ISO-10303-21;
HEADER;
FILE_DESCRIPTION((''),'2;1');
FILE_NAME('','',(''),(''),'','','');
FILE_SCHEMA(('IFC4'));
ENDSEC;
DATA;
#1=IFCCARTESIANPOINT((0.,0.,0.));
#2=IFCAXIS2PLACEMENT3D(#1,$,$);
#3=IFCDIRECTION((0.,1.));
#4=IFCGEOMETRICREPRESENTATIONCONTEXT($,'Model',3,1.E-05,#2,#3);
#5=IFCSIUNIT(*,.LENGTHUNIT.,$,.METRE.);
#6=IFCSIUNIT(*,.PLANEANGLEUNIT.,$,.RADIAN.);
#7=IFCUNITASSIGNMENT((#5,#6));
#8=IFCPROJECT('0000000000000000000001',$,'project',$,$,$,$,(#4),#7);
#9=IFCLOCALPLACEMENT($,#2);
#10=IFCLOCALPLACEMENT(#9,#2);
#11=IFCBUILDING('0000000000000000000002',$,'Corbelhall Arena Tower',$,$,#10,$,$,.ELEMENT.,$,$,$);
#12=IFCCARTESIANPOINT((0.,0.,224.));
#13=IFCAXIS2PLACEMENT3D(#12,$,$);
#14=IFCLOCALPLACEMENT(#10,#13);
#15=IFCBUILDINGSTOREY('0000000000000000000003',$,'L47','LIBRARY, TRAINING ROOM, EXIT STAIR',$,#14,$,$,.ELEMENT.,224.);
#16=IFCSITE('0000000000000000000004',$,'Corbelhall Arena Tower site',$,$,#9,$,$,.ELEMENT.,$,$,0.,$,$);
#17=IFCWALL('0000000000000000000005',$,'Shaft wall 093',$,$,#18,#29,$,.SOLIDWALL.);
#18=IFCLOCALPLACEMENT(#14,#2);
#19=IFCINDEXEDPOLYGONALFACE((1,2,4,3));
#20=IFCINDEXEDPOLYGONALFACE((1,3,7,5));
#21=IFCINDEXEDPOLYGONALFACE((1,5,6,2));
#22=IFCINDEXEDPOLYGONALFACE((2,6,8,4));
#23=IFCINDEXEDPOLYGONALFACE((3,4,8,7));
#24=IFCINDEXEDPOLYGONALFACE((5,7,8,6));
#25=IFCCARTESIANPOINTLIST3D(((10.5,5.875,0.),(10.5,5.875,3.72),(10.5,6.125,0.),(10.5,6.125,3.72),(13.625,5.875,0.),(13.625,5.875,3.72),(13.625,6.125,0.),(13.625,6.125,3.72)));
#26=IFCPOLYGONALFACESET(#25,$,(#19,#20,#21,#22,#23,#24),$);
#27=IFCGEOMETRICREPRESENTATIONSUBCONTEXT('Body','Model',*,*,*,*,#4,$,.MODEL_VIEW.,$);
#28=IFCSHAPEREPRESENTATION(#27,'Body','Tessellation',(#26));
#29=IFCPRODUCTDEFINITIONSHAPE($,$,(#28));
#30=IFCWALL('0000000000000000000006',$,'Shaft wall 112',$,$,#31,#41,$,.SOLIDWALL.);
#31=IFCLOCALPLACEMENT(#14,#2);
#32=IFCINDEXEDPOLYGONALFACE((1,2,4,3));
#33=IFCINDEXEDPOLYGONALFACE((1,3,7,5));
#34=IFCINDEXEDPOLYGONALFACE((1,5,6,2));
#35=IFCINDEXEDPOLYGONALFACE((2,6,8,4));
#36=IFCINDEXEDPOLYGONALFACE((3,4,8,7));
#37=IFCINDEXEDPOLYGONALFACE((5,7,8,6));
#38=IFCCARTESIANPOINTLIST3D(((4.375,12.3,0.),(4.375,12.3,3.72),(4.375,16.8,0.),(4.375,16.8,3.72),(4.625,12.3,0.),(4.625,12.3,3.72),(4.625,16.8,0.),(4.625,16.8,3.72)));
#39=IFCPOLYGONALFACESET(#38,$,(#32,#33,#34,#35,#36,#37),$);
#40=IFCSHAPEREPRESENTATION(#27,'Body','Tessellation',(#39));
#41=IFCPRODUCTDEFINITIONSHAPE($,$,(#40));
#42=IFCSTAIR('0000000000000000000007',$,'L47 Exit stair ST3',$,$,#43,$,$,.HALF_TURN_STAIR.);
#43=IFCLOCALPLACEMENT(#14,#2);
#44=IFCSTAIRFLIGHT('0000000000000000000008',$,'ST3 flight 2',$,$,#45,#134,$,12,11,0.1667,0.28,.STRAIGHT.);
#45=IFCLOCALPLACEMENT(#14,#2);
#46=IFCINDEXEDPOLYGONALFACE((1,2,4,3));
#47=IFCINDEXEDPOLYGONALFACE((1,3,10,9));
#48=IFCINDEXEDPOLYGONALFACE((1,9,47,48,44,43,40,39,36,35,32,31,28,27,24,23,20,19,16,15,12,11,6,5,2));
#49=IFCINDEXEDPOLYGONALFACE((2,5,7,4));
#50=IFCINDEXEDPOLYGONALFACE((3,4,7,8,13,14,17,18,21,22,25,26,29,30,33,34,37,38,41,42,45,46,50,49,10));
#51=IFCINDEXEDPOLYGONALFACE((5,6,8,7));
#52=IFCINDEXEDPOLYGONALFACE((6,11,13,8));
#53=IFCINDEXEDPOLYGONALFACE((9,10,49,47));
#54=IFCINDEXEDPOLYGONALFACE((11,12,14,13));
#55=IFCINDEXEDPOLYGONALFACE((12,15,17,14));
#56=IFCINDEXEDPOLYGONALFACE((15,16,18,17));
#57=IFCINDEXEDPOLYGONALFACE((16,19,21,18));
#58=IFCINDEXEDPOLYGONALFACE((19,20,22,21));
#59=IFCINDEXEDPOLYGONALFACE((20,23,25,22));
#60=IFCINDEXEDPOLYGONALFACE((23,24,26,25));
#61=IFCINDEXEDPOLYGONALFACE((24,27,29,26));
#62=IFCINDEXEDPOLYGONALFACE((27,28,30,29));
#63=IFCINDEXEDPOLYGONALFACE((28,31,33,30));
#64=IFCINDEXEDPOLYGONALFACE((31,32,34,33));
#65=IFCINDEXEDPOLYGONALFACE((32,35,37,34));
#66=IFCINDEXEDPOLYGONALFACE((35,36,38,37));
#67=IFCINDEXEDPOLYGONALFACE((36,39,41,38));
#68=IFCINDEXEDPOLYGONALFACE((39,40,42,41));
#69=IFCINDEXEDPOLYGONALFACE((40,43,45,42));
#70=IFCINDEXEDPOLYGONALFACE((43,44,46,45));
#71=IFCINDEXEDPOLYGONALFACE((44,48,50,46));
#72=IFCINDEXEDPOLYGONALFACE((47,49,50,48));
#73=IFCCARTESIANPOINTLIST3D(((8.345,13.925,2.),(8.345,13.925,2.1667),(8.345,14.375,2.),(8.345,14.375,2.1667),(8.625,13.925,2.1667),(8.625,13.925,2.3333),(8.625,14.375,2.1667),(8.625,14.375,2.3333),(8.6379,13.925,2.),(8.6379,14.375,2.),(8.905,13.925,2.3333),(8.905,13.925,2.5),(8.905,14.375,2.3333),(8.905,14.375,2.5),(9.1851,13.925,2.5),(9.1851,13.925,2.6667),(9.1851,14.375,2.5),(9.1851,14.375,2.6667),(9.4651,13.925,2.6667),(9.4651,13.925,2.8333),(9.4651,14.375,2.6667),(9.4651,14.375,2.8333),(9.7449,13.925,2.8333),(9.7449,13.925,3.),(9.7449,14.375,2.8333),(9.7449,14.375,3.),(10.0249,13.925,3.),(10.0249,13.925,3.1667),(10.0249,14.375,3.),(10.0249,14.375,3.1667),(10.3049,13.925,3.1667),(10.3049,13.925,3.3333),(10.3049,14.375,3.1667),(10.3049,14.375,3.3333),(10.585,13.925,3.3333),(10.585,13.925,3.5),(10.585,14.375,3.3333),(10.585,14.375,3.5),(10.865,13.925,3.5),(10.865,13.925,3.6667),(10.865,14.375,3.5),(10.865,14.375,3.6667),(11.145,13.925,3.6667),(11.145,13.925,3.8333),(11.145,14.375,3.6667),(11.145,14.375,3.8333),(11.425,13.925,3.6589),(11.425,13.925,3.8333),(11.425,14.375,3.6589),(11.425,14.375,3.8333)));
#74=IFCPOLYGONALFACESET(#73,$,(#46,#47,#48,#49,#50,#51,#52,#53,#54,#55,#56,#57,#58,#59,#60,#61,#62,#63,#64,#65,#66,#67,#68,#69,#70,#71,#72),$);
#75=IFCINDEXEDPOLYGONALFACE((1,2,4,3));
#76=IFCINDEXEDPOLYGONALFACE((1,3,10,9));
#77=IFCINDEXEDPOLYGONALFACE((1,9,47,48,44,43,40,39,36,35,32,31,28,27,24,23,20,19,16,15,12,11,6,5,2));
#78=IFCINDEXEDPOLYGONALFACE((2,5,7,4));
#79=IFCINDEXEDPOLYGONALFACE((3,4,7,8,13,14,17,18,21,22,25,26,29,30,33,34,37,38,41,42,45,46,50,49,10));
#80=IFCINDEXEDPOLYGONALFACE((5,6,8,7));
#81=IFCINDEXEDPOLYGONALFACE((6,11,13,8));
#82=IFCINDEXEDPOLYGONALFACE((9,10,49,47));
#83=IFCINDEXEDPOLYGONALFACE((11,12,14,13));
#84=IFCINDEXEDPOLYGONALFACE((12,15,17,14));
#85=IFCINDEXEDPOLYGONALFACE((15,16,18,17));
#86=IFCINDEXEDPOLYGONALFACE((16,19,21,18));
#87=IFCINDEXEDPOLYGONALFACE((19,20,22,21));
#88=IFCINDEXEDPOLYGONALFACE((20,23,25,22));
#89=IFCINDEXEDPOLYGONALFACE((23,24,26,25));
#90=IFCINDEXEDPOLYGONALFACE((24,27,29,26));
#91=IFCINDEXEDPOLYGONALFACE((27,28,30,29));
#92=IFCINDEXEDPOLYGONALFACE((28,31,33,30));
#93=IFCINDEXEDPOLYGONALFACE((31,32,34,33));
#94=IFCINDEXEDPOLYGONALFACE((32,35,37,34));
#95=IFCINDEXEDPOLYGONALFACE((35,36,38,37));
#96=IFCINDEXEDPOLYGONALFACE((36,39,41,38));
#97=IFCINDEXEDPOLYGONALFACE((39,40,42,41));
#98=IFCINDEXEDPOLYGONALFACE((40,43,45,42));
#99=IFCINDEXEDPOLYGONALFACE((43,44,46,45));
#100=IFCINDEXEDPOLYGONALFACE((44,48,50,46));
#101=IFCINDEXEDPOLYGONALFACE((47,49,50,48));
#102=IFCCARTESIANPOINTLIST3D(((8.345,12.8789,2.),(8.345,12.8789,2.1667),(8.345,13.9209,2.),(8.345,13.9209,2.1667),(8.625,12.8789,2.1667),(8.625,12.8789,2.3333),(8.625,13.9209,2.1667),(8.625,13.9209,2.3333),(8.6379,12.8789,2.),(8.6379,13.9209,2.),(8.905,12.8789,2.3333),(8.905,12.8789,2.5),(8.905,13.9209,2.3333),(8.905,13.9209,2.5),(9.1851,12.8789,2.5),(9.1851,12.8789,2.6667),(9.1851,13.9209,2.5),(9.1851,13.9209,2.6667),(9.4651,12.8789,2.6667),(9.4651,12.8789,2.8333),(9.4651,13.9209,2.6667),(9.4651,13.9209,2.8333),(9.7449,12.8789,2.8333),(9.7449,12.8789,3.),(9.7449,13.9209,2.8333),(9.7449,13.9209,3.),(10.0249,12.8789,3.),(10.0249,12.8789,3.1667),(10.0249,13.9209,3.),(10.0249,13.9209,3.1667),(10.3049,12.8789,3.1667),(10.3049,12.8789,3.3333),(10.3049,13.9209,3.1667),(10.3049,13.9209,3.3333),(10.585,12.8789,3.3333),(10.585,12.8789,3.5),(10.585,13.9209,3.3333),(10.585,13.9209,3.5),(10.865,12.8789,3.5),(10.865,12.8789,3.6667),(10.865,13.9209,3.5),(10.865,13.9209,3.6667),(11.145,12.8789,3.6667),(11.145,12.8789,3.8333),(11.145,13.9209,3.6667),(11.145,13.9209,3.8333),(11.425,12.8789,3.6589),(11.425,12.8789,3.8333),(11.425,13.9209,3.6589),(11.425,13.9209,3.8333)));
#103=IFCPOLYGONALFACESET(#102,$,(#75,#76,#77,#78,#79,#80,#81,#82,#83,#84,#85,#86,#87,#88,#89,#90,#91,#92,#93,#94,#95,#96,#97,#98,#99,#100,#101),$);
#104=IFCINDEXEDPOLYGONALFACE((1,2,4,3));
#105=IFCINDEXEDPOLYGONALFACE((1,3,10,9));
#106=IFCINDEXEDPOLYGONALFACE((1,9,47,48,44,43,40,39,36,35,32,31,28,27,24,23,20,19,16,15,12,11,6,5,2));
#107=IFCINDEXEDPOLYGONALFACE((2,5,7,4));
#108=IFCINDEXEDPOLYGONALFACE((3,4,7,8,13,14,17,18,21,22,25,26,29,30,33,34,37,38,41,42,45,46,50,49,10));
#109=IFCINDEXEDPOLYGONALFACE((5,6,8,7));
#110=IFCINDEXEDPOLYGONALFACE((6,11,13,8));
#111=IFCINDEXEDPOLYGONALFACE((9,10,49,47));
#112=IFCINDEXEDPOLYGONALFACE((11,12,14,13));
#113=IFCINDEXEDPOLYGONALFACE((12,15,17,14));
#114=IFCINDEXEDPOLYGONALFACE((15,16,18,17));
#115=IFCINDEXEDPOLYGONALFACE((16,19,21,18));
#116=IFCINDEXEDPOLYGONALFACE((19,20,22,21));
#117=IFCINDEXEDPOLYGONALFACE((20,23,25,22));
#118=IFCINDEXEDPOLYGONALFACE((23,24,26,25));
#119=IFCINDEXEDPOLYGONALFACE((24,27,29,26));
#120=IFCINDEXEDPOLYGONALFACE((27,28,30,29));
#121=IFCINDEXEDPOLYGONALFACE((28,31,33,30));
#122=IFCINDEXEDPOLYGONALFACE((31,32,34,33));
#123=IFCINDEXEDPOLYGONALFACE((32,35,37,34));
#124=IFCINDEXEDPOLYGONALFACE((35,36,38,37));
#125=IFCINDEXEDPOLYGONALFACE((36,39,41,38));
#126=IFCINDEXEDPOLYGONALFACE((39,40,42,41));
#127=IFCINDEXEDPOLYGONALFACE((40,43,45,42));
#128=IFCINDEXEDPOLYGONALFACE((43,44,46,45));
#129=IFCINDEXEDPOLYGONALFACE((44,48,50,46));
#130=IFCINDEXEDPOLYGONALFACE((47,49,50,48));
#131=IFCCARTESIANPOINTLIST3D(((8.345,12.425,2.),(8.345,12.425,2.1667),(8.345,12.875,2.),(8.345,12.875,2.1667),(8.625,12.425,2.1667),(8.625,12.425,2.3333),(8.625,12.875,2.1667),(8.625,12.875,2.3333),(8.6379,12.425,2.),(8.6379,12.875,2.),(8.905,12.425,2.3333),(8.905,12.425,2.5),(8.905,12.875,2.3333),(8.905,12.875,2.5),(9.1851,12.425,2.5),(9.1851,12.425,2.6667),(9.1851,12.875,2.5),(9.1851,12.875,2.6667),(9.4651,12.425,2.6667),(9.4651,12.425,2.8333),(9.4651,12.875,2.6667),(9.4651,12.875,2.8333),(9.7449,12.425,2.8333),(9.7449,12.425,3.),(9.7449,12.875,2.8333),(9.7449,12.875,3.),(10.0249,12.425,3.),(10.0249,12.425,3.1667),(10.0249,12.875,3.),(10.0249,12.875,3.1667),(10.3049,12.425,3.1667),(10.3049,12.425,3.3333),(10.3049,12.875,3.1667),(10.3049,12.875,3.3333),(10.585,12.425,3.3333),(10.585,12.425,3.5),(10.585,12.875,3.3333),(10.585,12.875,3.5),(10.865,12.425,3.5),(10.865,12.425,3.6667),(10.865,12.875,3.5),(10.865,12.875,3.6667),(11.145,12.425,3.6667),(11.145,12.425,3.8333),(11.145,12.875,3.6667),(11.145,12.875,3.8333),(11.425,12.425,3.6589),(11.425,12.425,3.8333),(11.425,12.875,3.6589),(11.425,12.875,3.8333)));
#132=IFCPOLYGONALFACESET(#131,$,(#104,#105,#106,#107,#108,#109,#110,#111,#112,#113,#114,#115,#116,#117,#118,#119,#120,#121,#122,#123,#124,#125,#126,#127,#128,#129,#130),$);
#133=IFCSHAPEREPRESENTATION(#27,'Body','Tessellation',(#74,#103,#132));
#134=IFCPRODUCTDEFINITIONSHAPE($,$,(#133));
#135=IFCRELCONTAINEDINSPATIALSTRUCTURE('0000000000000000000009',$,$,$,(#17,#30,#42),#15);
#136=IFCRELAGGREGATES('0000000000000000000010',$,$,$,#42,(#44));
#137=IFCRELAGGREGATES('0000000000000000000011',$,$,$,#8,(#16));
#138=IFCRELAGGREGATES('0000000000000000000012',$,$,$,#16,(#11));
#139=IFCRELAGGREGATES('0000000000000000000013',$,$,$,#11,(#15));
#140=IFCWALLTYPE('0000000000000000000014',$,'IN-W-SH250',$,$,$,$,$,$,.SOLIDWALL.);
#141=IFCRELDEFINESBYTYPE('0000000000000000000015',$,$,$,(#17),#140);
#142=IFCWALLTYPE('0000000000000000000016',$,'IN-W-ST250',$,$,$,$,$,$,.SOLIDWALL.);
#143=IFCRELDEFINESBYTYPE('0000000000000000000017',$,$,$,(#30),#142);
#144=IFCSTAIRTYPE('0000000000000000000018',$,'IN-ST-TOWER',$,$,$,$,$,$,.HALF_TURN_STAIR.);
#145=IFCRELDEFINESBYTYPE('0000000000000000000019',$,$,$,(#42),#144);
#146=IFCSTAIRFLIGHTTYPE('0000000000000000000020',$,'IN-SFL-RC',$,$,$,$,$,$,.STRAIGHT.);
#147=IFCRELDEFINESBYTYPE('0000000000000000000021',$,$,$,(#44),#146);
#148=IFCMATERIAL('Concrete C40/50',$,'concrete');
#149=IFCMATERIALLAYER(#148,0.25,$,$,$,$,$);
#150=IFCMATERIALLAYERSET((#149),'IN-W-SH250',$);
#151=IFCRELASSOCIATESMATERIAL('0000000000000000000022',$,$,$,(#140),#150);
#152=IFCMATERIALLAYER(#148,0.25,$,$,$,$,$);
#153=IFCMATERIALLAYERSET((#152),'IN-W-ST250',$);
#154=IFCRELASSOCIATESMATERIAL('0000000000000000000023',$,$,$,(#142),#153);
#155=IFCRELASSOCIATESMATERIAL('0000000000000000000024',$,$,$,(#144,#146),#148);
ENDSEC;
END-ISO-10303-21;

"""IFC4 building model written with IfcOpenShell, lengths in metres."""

from ifc_helpers import new_model, si_unit, direction, frame, frame_2d, origin, place, context, subcontext, project, spatial, polyline, rectangle, outline, extrude, material, layer, layer_set, type_object, element, aggregate, save


model = new_model("IFC4")

# Units and contexts
model_context = context("Model", 3, precision=1e-05, world=origin(), true_north=direction((0.0, 1.0)))
body_context = subcontext(model_context, "Body", "Model", "MODEL_VIEW")
ifc_project = project(units=[si_unit("LENGTHUNIT", "METRE"), si_unit("PLANEANGLEUNIT", "RADIAN")], contexts=[model_context])

# Site, building, storey
site_placement = place(None, origin())
site = spatial("IfcSite", under=ifc_project, at=site_placement, Name="Corbelhall Arena Tower site", CompositionType="ELEMENT", RefElevation=0.0)
building_placement = place(site_placement, origin())
building = spatial("IfcBuilding", under=site, at=building_placement, Name="Corbelhall Arena Tower", CompositionType="ELEMENT")
storey_placement = place(building_placement, frame((0.0, 0.0, 224.0)))
storey = spatial("IfcBuildingStorey", under=building, at=storey_placement, Name="L47", Description="LIBRARY, TRAINING ROOM, EXIT STAIR", CompositionType="ELEMENT", Elevation=224.0)

# Shared definitions
ifc_material_1 = material(Name="Concrete C40/50", Category="concrete")
ifc_layer_1 = layer(ifc_material_1, 0.25)
ifc_layer_set_1 = layer_set([ifc_layer_1], Name="IN-W-SH250")
wall_type_1 = type_object("IfcWallType", Name="IN-W-SH250", PredefinedType="SOLIDWALL", material=ifc_layer_set_1)

# Walls
wall_1_placement = place(storey_placement, frame((10.5, 6.0, 0.0), z_axis=(0.0, 0.0, 1.0), x_axis=(1.0, 0.0, 0.0)))
element("IfcWall", 1, at=wall_1_placement, inside=storey, type_object=wall_type_1, Name="Shaft wall 093", PredefinedType="SOLIDWALL", context=body_context, shape_type="SweptSolid", body=[
    extrude(rectangle(XDim=3.125, YDim=0.25, at=frame_2d((1.5625, 0.0))), origin(), (0.0, 0.0, 1.0), 3.72),
])
ifc_layer_2 = layer(ifc_material_1, 0.25)
ifc_layer_set_2 = layer_set([ifc_layer_2], Name="IN-W-ST250")
wall_type_2 = type_object("IfcWallType", Name="IN-W-ST250", PredefinedType="SOLIDWALL", material=ifc_layer_set_2)
wall_2_placement = place(storey_placement, frame((4.5, 12.3, 0.0), z_axis=(0.0, 0.0, 1.0), x_axis=(0.0, 1.0, 0.0)))
element("IfcWall", 2, at=wall_2_placement, inside=storey, type_object=wall_type_2, Name="Shaft wall 112", PredefinedType="SOLIDWALL", context=body_context, shape_type="SweptSolid", body=[
    extrude(rectangle(XDim=4.5, YDim=0.25, at=frame_2d((2.25, 0.0))), origin(), (0.0, 0.0, 1.0), 3.72),
])

# Stair, stair flight
stair_type = type_object("IfcStairType", Name="IN-ST-TOWER", PredefinedType="HALF_TURN_STAIR", material=ifc_material_1)
stair_placement = place(storey_placement, origin())
stair = element("IfcStair", 3, at=stair_placement, inside=storey, type_object=stair_type, Name="L47 Exit stair ST3", PredefinedType="HALF_TURN_STAIR")
stair_flight_type = type_object("IfcStairFlightType", Name="IN-SFL-RC", PredefinedType="STRAIGHT", material=ifc_material_1)
stair_flight_placement = place(storey_placement, frame((8.345, 13.3999, 2.0), z_axis=(0.0, 0.0, 1.0), x_axis=(1.0, 0.0, 0.0)))
stair_flight = element("IfcStairFlight", 4, at=stair_flight_placement, type_object=stair_flight_type, Name="ST3 flight 2", NumberOfRisers=12, NumberOfTreads=11, PredefinedType="STRAIGHT", RiserHeight=0.1667, TreadLength=0.28, context=body_context, shape_type="SweptSolid", body=[
    extrude(outline(polyline([(0.0, 0.0), (0.0, 0.1667), (0.28, 0.1667), (0.28, 0.3333), (0.5601, 0.3333), (0.5601, 0.5), (0.8401, 0.5), (0.8401, 0.6667), (1.1201, 0.6667), (1.1201, 0.8333), (1.3999, 0.8333), (1.3999, 1.0), (1.6799, 1.0), (1.6799, 1.1667), (1.96, 1.1667), (1.96, 1.3333), (2.24, 1.3333), (2.24, 1.5), (2.52, 1.5), (2.52, 1.6667), (2.8, 1.6667), (2.8, 1.8333), (3.0801, 1.8333), (3.0801, 2.0), (3.0801, 1.6589), (0.293, 0.0), (0.0, 0.0)])), frame((0.0, 0.9751, 0.0), z_axis=(0.0, -1.0, 0.0), x_axis=(1.0, 0.0, 0.0)), (0.0, 0.0, 1.0), 0.45),
    extrude(outline(polyline([(0.0, 0.0), (0.0, 0.1667), (0.28, 0.1667), (0.28, 0.3333), (0.5601, 0.3333), (0.5601, 0.5), (0.8401, 0.5), (0.8401, 0.6667), (1.1201, 0.6667), (1.1201, 0.8333), (1.3999, 0.8333), (1.3999, 1.0), (1.6799, 1.0), (1.6799, 1.1667), (1.96, 1.1667), (1.96, 1.3333), (2.24, 1.3333), (2.24, 1.5), (2.52, 1.5), (2.52, 1.6667), (2.8, 1.6667), (2.8, 1.8333), (3.0801, 1.8333), (3.0801, 2.0), (3.0801, 1.6589), (0.293, 0.0), (0.0, 0.0)])), frame((0.0, 0.521, 0.0), z_axis=(0.0, -1.0, 0.0), x_axis=(1.0, 0.0, 0.0)), (0.0, 0.0, 1.0), 1.042),
    extrude(outline(polyline([(0.0, 0.0), (0.0, 0.1667), (0.28, 0.1667), (0.28, 0.3333), (0.5601, 0.3333), (0.5601, 0.5), (0.8401, 0.5), (0.8401, 0.6667), (1.1201, 0.6667), (1.1201, 0.8333), (1.3999, 0.8333), (1.3999, 1.0), (1.6799, 1.0), (1.6799, 1.1667), (1.96, 1.1667), (1.96, 1.3333), (2.24, 1.3333), (2.24, 1.5), (2.52, 1.5), (2.52, 1.6667), (2.8, 1.6667), (2.8, 1.8333), (3.0801, 1.8333), (3.0801, 2.0), (3.0801, 1.6589), (0.293, 0.0), (0.0, 0.0)])), frame((0.0, -0.5249, 0.0), z_axis=(0.0, -1.0, 0.0), x_axis=(1.0, 0.0, 0.0)), (0.0, 0.0, 1.0), 0.45),
])
aggregate(stair, [stair_flight])

save(model, "model.ifc")
